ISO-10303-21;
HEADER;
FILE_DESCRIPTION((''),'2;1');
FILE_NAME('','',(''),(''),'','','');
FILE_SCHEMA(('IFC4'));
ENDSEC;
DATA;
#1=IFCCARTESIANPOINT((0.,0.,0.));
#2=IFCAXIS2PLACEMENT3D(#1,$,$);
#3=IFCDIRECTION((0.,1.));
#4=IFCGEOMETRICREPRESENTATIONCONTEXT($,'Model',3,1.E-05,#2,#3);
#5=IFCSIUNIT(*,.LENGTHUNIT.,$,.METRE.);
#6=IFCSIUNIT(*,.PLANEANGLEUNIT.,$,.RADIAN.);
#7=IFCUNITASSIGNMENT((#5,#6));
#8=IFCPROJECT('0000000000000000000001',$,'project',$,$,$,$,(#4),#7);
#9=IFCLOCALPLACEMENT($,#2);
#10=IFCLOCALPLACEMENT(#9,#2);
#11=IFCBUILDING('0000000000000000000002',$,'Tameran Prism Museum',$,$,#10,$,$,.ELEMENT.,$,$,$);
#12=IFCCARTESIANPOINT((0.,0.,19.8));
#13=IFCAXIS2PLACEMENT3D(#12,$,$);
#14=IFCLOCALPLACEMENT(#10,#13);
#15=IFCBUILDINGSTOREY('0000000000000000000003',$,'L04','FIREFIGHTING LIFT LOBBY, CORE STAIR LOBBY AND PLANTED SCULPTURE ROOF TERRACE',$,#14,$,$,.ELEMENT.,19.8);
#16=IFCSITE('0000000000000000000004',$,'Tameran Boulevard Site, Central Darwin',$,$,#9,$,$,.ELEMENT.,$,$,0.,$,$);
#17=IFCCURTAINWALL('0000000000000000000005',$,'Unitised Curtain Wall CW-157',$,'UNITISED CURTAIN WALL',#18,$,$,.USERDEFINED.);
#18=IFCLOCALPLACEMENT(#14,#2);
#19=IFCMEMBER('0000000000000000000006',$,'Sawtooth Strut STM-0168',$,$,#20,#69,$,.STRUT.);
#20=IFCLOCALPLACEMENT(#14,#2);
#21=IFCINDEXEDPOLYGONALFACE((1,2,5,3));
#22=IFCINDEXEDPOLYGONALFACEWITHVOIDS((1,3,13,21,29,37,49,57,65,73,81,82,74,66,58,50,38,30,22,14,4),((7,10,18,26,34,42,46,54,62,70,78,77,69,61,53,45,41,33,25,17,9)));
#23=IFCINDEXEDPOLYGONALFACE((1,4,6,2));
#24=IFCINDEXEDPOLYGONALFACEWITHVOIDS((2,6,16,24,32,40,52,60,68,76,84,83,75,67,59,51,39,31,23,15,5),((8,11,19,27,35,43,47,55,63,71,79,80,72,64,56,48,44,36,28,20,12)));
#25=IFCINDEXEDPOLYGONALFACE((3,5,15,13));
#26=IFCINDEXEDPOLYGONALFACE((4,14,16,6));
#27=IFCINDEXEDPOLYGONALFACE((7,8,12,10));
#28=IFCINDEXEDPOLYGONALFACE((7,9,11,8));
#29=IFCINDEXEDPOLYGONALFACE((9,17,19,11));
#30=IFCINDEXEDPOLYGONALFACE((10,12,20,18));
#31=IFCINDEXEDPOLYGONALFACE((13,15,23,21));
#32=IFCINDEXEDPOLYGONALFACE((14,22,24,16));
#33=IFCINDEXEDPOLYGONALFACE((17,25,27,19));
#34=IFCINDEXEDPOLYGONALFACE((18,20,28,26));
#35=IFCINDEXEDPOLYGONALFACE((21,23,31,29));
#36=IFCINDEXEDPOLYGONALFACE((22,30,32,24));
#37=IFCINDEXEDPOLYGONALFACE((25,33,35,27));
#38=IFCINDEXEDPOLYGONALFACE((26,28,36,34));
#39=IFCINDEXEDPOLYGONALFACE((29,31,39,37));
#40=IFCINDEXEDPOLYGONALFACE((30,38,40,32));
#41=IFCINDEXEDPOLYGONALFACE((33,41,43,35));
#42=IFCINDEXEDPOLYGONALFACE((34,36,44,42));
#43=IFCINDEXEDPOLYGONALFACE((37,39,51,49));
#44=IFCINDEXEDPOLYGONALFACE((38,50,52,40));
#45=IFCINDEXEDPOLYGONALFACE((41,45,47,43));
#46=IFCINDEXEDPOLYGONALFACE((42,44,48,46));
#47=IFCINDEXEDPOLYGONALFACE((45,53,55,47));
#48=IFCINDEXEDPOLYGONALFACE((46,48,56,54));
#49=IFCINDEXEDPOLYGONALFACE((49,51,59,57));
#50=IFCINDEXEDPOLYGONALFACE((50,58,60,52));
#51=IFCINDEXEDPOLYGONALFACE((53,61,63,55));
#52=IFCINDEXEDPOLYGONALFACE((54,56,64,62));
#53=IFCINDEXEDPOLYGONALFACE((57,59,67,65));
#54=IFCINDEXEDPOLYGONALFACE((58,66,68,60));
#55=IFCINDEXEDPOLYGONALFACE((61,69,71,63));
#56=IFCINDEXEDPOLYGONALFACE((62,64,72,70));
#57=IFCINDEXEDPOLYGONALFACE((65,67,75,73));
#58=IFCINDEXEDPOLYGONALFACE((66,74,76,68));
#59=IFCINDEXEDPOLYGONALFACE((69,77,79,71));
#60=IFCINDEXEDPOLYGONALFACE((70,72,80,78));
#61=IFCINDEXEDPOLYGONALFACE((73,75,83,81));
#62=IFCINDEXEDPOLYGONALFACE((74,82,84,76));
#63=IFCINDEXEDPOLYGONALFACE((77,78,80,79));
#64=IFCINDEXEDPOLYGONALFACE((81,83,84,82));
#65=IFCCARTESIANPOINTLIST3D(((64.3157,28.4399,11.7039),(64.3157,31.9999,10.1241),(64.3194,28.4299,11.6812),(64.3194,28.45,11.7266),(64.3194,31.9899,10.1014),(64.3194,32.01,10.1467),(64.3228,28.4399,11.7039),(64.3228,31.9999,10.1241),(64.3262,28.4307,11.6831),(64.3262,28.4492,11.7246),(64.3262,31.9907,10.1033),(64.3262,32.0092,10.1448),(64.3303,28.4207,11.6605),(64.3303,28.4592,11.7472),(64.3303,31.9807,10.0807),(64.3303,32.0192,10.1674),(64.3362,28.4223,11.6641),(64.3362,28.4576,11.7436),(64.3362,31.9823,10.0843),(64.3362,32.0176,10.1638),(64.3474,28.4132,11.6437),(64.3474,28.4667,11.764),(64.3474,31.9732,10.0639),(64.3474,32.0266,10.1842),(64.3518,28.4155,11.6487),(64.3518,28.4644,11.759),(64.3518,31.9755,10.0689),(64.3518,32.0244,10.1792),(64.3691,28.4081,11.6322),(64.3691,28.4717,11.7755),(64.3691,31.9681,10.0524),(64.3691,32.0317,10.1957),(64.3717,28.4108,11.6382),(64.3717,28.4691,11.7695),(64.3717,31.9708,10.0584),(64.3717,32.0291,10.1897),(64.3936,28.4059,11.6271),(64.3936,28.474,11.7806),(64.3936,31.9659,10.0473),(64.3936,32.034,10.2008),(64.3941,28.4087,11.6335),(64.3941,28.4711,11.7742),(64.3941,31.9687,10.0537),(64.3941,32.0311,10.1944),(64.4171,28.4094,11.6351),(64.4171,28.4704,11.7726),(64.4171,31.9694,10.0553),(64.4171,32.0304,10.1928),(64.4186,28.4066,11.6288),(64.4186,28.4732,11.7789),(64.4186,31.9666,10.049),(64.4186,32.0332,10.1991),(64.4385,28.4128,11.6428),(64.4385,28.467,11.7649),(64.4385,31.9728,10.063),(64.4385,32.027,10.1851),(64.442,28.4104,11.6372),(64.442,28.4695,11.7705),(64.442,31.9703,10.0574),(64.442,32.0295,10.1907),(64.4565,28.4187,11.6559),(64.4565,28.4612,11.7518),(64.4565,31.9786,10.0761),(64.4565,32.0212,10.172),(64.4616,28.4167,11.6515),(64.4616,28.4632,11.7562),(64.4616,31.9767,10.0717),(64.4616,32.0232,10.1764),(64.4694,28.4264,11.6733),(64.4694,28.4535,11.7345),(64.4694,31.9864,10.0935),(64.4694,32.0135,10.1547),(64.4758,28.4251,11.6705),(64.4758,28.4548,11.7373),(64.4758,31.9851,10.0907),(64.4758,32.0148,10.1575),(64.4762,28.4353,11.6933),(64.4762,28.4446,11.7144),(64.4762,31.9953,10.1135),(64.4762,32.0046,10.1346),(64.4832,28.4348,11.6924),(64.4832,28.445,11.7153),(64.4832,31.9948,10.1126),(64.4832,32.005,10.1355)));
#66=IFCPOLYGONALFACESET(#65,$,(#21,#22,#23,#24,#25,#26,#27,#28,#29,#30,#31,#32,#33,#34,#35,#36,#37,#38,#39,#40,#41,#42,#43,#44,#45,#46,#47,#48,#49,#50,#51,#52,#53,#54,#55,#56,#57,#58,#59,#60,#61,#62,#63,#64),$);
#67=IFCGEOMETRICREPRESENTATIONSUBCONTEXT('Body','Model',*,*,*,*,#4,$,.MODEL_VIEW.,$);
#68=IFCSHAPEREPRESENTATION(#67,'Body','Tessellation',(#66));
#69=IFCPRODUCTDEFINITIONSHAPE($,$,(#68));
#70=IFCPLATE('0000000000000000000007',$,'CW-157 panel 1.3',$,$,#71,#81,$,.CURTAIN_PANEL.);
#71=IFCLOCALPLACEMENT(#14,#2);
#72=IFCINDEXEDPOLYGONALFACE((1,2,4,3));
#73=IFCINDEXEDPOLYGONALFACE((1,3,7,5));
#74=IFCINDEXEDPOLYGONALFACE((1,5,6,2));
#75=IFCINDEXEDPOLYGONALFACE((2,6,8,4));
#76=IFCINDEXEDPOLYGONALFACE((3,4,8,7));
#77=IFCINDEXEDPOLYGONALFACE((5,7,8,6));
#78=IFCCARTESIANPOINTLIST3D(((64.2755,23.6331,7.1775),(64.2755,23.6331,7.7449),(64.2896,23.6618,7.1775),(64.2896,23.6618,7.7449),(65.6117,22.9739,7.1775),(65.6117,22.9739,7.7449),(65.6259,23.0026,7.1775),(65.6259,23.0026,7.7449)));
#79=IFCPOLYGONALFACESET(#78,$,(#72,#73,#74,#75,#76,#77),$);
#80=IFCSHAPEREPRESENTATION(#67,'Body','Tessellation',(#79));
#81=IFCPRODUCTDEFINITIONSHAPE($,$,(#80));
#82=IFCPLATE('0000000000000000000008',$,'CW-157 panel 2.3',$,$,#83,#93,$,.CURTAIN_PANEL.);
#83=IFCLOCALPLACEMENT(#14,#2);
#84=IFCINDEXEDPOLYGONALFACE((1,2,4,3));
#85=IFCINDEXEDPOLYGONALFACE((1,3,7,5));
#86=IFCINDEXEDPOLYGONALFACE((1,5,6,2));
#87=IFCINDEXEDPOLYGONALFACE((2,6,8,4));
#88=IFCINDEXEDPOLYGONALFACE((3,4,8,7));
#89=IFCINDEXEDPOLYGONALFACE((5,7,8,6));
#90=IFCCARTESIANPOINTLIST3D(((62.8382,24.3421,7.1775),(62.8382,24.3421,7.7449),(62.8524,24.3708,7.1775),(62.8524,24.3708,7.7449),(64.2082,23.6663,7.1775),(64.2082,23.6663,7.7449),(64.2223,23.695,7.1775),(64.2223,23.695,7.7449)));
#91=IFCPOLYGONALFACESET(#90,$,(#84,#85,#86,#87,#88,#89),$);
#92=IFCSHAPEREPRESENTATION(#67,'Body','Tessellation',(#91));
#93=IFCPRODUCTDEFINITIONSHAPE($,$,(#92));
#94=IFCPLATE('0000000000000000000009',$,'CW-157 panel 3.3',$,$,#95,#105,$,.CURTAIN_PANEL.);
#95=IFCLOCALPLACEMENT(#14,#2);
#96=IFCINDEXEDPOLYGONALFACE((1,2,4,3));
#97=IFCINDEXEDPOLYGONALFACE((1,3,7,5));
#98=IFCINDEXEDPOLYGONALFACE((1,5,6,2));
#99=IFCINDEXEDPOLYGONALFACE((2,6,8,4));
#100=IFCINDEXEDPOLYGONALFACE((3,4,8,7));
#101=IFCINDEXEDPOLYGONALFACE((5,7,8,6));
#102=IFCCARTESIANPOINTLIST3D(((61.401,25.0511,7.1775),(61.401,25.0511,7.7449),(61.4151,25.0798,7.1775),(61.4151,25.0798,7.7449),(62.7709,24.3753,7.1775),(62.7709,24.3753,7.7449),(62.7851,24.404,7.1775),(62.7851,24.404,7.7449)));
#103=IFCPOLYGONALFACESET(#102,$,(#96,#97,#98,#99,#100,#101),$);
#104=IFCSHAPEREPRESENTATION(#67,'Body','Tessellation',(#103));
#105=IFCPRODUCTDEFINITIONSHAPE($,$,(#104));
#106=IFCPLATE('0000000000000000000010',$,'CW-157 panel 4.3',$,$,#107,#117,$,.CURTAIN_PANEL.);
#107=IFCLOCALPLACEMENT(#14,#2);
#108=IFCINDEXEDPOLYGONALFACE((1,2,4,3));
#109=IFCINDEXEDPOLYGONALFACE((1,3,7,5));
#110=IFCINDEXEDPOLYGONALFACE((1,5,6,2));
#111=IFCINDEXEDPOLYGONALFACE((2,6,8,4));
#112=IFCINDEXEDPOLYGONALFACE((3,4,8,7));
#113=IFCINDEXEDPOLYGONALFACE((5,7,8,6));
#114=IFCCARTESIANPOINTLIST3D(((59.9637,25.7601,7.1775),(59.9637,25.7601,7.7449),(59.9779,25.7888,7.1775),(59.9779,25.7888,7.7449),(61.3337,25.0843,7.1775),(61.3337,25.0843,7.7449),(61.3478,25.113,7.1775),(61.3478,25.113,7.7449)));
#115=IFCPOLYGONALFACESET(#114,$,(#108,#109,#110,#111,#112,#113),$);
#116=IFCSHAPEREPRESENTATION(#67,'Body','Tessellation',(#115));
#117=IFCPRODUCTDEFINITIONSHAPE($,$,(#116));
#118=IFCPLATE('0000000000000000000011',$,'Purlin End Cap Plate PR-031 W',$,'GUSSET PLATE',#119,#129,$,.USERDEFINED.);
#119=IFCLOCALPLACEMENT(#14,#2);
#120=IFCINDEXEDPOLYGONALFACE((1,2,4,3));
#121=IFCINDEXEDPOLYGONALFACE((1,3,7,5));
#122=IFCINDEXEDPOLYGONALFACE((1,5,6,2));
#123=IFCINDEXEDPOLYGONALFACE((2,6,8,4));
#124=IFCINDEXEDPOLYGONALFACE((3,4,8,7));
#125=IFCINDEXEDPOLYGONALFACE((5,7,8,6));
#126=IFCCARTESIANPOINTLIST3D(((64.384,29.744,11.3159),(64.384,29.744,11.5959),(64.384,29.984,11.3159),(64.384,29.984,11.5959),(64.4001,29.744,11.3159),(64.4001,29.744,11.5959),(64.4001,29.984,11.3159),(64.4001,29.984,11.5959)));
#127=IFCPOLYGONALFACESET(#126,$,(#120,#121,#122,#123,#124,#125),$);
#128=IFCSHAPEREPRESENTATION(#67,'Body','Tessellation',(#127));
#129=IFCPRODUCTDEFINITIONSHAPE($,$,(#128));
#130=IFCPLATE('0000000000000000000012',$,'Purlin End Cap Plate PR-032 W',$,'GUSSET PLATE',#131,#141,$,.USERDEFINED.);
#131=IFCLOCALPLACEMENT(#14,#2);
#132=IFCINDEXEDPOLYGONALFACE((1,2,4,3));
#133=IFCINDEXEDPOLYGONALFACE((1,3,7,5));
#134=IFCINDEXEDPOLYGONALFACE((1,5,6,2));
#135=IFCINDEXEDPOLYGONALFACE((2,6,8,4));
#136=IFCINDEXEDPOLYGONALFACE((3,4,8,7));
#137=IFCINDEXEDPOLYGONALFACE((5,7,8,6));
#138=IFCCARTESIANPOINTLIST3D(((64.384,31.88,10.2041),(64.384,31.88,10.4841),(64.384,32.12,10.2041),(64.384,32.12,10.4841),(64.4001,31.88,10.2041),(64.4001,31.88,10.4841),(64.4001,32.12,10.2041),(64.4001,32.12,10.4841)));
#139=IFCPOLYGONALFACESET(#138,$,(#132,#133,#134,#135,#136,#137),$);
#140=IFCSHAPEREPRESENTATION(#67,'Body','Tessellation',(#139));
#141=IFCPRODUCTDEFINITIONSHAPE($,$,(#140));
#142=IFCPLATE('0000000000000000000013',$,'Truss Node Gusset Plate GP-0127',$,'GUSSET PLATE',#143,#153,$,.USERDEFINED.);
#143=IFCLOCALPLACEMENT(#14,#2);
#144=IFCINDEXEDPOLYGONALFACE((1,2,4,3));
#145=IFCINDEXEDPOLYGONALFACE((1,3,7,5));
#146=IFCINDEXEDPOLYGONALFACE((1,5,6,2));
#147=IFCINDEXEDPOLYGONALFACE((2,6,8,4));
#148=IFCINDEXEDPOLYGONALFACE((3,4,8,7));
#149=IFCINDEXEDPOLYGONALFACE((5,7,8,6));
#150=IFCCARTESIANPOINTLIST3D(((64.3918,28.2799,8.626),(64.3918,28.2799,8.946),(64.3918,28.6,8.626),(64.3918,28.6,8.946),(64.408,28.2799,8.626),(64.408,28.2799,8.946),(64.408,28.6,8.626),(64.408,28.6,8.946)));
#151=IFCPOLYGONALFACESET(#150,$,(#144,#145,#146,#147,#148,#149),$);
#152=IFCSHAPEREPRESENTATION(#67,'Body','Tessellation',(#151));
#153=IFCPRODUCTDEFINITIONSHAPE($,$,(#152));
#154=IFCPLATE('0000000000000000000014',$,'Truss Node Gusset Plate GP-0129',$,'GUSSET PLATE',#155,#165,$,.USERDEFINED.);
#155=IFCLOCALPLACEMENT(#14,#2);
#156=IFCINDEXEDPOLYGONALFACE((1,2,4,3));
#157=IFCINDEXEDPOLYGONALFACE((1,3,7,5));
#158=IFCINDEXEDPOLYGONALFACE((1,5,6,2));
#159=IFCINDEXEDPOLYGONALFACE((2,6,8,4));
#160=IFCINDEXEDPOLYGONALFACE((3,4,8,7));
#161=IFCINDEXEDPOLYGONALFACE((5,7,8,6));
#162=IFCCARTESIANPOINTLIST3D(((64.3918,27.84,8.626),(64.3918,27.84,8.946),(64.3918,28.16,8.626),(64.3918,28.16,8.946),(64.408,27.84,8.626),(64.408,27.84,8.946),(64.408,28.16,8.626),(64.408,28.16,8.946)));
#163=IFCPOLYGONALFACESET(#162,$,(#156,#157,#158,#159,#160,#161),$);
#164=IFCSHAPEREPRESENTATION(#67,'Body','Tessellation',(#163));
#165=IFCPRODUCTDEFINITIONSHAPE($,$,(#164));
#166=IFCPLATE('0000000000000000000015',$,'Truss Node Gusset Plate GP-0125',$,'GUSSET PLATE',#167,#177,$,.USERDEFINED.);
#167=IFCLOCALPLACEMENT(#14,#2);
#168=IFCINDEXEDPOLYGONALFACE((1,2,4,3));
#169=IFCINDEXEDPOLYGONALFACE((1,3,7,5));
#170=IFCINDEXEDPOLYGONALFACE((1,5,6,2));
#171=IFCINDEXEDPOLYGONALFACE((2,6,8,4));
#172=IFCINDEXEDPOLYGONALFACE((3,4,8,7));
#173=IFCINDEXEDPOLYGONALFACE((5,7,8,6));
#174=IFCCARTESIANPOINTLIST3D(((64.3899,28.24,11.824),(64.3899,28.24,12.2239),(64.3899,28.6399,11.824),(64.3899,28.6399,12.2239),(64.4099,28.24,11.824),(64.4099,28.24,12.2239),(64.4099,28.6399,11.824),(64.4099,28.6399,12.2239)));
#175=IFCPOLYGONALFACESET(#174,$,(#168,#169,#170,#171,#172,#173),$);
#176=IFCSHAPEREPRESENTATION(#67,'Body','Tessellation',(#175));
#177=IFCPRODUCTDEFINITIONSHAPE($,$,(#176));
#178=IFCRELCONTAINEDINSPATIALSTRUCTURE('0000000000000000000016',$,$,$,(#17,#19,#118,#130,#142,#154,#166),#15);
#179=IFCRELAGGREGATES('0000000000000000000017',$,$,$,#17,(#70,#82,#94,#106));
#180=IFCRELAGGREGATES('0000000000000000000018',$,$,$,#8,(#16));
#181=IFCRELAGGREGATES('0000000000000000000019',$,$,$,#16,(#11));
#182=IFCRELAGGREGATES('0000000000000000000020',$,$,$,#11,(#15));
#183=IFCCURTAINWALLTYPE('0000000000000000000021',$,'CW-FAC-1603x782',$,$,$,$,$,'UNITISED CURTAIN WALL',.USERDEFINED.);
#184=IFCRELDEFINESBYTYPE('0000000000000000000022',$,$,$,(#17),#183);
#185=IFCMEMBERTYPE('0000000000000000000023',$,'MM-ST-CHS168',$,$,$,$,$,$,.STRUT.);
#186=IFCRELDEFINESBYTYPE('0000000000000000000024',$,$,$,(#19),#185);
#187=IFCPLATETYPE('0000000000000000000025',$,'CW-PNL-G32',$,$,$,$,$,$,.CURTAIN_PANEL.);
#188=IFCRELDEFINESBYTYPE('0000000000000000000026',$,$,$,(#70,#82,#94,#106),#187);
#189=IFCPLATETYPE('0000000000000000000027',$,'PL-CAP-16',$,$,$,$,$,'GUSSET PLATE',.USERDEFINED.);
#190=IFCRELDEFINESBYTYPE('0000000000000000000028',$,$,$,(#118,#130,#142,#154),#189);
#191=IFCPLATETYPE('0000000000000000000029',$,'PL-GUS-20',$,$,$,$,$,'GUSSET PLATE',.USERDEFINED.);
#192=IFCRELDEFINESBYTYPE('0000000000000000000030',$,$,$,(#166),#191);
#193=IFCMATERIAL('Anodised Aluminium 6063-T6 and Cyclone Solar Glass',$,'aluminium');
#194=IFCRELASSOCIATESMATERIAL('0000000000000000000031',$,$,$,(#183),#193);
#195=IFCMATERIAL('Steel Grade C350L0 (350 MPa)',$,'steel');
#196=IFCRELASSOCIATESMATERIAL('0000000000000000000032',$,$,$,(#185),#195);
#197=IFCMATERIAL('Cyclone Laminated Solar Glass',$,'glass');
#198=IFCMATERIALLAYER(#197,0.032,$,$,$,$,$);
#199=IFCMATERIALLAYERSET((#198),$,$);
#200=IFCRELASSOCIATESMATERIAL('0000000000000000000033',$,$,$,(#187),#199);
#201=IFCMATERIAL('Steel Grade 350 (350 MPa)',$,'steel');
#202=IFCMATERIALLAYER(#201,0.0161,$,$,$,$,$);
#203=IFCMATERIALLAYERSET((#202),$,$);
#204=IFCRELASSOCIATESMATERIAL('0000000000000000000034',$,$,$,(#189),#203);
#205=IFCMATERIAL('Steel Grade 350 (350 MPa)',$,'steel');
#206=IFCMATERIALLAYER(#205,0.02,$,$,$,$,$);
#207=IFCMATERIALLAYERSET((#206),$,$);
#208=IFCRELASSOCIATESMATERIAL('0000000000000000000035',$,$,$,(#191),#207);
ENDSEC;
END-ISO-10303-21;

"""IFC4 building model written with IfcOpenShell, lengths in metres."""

from ifc_helpers import new_model, si_unit, direction, frame, origin, origin_2d, place, context, subcontext, project, spatial, rectangle, hollow_circle, extrude, material, layer, layer_set, material_profile, profile_set, type_object, element, aggregate, save


model = new_model("IFC4")

# Units and contexts
model_context = context("Model", 3, precision=1e-05, world=origin(), true_north=direction((0.0, 1.0)))
body_context = subcontext(model_context, "Body", "Model", "MODEL_VIEW")
ifc_project = project(units=[si_unit("LENGTHUNIT", "METRE"), si_unit("PLANEANGLEUNIT", "RADIAN")], contexts=[model_context])

# Site, building, storey
site_placement = place(None, origin())
site = spatial("IfcSite", under=ifc_project, at=site_placement, Name="Tameran Boulevard Site, Central Darwin", CompositionType="ELEMENT", RefElevation=0.0)
building_placement = place(site_placement, origin())
building = spatial("IfcBuilding", under=site, at=building_placement, Name="Tameran Prism Museum", CompositionType="ELEMENT")
storey_placement = place(building_placement, frame((0.0, 0.0, 19.8)))
storey = spatial("IfcBuildingStorey", under=building, at=storey_placement, Name="L04", Description="FIREFIGHTING LIFT LOBBY, CORE STAIR LOBBY AND PLANTED SCULPTURE ROOF TERRACE", CompositionType="ELEMENT", Elevation=19.8)

# Curtain wall
ifc_material_1 = material(Name="Anodised Aluminium 6063-T6 and Cyclone Solar Glass", Category="aluminium")
curtain_wall_type = type_object("IfcCurtainWallType", Name="CW-FAC-1603x782", ElementType="UNITISED CURTAIN WALL", PredefinedType="USERDEFINED", material=ifc_material_1)
curtain_wall_placement = place(storey_placement, origin())
curtain_wall = element("IfcCurtainWall", 1, at=curtain_wall_placement, inside=storey, type_object=curtain_wall_type, Name="Unitised Curtain Wall CW-157", ObjectType="UNITISED CURTAIN WALL", PredefinedType="USERDEFINED")

# Member
ifc_material_2 = material(Name="Steel Grade C350L0 (350 MPa)", Category="steel")
ifc_material_profile_1 = material_profile(ifc_material_2, hollow_circle(Radius=0.0842, WallThickness=0.0071, at=origin_2d()))
ifc_profile_set_1 = profile_set([ifc_material_profile_1])
member_type_1 = type_object("IfcMemberType", Name="MM-ST-CHS168", PredefinedType="STRUT", material=ifc_profile_set_1)
member_1_placement = place(storey_placement, frame((64.3999, 28.4399, 11.7039), z_axis=(0.0, 0.914041, -0.405621), x_axis=(-1.0, 0.0, 0.0)))
element("IfcMember", 2, at=member_1_placement, inside=storey, type_object=member_type_1, Name="Sawtooth Strut STM-0168", PredefinedType="STRUT", context=body_context, shape_type="SweptSolid", body=[
    extrude(hollow_circle(Radius=0.0842, WallThickness=0.0071, at=origin_2d()), origin(), (0.0, 0.0, 1.0), 3.8948),
])

# Plates
ifc_material_3 = material(Name="Cyclone Laminated Solar Glass", Category="glass")
ifc_layer_1 = layer(ifc_material_3, 0.032)
ifc_layer_set_1 = layer_set([ifc_layer_1])
plate_type_1 = type_object("IfcPlateType", Name="CW-PNL-G32", PredefinedType="CURTAIN_PANEL", material=ifc_layer_set_1)
plate_1_placement = place(storey_placement, frame((64.9507, 23.3179, 7.1775), z_axis=(0.0, 0.0, 1.0), x_axis=(-0.896811, 0.442415, 0.0)))
plate_1 = element("IfcPlate", 3, at=plate_1_placement, type_object=plate_type_1, Name="CW-157 panel 1.3", PredefinedType="CURTAIN_PANEL", context=body_context, shape_type="SweptSolid", body=[
    extrude(rectangle(XDim=1.49, YDim=0.032, at=origin_2d()), origin(), (0.0, 0.0, 1.0), 0.5674),
])
plate_2_placement = place(storey_placement, frame((63.5303, 24.0186, 7.1775), z_axis=(0.0, 0.0, 1.0), x_axis=(-0.896811, 0.442415, 0.0)))
plate_2 = element("IfcPlate", 4, at=plate_2_placement, type_object=plate_type_1, Name="CW-157 panel 2.3", PredefinedType="CURTAIN_PANEL", context=body_context, shape_type="SweptSolid", body=[
    extrude(rectangle(XDim=1.5276, YDim=0.032, at=origin_2d()), origin(), (0.0, 0.0, 1.0), 0.5674),
])
plate_3_placement = place(storey_placement, frame((62.093, 24.7275, 7.1775), z_axis=(0.0, 0.0, 1.0), x_axis=(-0.896811, 0.442415, 0.0)))
plate_3 = element("IfcPlate", 5, at=plate_3_placement, type_object=plate_type_1, Name="CW-157 panel 3.3", PredefinedType="CURTAIN_PANEL", context=body_context, shape_type="SweptSolid", body=[
    extrude(rectangle(XDim=1.5276, YDim=0.032, at=origin_2d()), origin(), (0.0, 0.0, 1.0), 0.5674),
])
plate_4_placement = place(storey_placement, frame((60.6558, 25.4365, 7.1775), z_axis=(0.0, 0.0, 1.0), x_axis=(-0.896811, 0.442415, 0.0)))
plate_4 = element("IfcPlate", 6, at=plate_4_placement, type_object=plate_type_1, Name="CW-157 panel 4.3", PredefinedType="CURTAIN_PANEL", context=body_context, shape_type="SweptSolid", body=[
    extrude(rectangle(XDim=1.5276, YDim=0.032, at=origin_2d()), origin(), (0.0, 0.0, 1.0), 0.5674),
])
aggregate(curtain_wall, [plate_1, plate_2, plate_3, plate_4])

# Plates
ifc_material_4 = material(Name="Steel Grade 350 (350 MPa)", Category="steel")
ifc_layer_2 = layer(ifc_material_4, 0.0161)
ifc_layer_set_2 = layer_set([ifc_layer_2])
plate_type_2 = type_object("IfcPlateType", Name="PL-CAP-16", ElementType="GUSSET PLATE", PredefinedType="USERDEFINED", material=ifc_layer_set_2)
for number, where, z_axis, x_axis, name in (
    (7, (64.3921, 29.864, 11.3159), (0.0, 0.0, 1.0), (1.0, 0.0, 0.0), "Purlin End Cap Plate PR-031 W"),
    (8, (64.3921, 32.0, 10.2041), (0.0, 0.0, 1.0), (1.0, 0.0, 0.0), "Purlin End Cap Plate PR-032 W"),
):
    element("IfcPlate", number, at=place(storey_placement, frame(where, z_axis=z_axis, x_axis=x_axis)), inside=storey, type_object=plate_type_2, Name=name, ObjectType="GUSSET PLATE", PredefinedType="USERDEFINED", context=body_context, shape_type="SweptSolid", body=[
        extrude(rectangle(XDim=0.0161, YDim=0.24, at=origin_2d()), origin(), (0.0, 0.0, 1.0), 0.28),
    ])
for number, where, z_axis, x_axis, name in (
    (9, (64.3999, 28.4399, 8.626), (0.0, 0.0, 1.0), (1.0, 0.0, 0.0), "Truss Node Gusset Plate GP-0127"),
    (10, (64.3999, 28.0, 8.626), (0.0, 0.0, 1.0), (1.0, 0.0, 0.0), "Truss Node Gusset Plate GP-0129"),
):
    element("IfcPlate", number, at=place(storey_placement, frame(where, z_axis=z_axis, x_axis=x_axis)), inside=storey, type_object=plate_type_2, Name=name, ObjectType="GUSSET PLATE", PredefinedType="USERDEFINED", context=body_context, shape_type="SweptSolid", body=[
        extrude(rectangle(XDim=0.0161, YDim=0.3201, at=origin_2d()), origin(), (0.0, 0.0, 1.0), 0.3201),
    ])
ifc_material_5 = material(Name="Steel Grade 350 (350 MPa)", Category="steel")
ifc_layer_3 = layer(ifc_material_5, 0.02)
ifc_layer_set_3 = layer_set([ifc_layer_3])
plate_type_3 = type_object("IfcPlateType", Name="PL-GUS-20", ElementType="GUSSET PLATE", PredefinedType="USERDEFINED", material=ifc_layer_set_3)
plate_5_placement = place(storey_placement, frame((64.3999, 28.4399, 11.824), z_axis=(0.0, 0.0, 1.0), x_axis=(1.0, 0.0, 0.0)))
element("IfcPlate", 11, at=plate_5_placement, inside=storey, type_object=plate_type_3, Name="Truss Node Gusset Plate GP-0125", ObjectType="GUSSET PLATE", PredefinedType="USERDEFINED", context=body_context, shape_type="SweptSolid", body=[
    extrude(rectangle(XDim=0.02, YDim=0.3999, at=origin_2d()), origin(), (0.0, 0.0, 1.0), 0.3999),
])

save(model, "model.ifc")
